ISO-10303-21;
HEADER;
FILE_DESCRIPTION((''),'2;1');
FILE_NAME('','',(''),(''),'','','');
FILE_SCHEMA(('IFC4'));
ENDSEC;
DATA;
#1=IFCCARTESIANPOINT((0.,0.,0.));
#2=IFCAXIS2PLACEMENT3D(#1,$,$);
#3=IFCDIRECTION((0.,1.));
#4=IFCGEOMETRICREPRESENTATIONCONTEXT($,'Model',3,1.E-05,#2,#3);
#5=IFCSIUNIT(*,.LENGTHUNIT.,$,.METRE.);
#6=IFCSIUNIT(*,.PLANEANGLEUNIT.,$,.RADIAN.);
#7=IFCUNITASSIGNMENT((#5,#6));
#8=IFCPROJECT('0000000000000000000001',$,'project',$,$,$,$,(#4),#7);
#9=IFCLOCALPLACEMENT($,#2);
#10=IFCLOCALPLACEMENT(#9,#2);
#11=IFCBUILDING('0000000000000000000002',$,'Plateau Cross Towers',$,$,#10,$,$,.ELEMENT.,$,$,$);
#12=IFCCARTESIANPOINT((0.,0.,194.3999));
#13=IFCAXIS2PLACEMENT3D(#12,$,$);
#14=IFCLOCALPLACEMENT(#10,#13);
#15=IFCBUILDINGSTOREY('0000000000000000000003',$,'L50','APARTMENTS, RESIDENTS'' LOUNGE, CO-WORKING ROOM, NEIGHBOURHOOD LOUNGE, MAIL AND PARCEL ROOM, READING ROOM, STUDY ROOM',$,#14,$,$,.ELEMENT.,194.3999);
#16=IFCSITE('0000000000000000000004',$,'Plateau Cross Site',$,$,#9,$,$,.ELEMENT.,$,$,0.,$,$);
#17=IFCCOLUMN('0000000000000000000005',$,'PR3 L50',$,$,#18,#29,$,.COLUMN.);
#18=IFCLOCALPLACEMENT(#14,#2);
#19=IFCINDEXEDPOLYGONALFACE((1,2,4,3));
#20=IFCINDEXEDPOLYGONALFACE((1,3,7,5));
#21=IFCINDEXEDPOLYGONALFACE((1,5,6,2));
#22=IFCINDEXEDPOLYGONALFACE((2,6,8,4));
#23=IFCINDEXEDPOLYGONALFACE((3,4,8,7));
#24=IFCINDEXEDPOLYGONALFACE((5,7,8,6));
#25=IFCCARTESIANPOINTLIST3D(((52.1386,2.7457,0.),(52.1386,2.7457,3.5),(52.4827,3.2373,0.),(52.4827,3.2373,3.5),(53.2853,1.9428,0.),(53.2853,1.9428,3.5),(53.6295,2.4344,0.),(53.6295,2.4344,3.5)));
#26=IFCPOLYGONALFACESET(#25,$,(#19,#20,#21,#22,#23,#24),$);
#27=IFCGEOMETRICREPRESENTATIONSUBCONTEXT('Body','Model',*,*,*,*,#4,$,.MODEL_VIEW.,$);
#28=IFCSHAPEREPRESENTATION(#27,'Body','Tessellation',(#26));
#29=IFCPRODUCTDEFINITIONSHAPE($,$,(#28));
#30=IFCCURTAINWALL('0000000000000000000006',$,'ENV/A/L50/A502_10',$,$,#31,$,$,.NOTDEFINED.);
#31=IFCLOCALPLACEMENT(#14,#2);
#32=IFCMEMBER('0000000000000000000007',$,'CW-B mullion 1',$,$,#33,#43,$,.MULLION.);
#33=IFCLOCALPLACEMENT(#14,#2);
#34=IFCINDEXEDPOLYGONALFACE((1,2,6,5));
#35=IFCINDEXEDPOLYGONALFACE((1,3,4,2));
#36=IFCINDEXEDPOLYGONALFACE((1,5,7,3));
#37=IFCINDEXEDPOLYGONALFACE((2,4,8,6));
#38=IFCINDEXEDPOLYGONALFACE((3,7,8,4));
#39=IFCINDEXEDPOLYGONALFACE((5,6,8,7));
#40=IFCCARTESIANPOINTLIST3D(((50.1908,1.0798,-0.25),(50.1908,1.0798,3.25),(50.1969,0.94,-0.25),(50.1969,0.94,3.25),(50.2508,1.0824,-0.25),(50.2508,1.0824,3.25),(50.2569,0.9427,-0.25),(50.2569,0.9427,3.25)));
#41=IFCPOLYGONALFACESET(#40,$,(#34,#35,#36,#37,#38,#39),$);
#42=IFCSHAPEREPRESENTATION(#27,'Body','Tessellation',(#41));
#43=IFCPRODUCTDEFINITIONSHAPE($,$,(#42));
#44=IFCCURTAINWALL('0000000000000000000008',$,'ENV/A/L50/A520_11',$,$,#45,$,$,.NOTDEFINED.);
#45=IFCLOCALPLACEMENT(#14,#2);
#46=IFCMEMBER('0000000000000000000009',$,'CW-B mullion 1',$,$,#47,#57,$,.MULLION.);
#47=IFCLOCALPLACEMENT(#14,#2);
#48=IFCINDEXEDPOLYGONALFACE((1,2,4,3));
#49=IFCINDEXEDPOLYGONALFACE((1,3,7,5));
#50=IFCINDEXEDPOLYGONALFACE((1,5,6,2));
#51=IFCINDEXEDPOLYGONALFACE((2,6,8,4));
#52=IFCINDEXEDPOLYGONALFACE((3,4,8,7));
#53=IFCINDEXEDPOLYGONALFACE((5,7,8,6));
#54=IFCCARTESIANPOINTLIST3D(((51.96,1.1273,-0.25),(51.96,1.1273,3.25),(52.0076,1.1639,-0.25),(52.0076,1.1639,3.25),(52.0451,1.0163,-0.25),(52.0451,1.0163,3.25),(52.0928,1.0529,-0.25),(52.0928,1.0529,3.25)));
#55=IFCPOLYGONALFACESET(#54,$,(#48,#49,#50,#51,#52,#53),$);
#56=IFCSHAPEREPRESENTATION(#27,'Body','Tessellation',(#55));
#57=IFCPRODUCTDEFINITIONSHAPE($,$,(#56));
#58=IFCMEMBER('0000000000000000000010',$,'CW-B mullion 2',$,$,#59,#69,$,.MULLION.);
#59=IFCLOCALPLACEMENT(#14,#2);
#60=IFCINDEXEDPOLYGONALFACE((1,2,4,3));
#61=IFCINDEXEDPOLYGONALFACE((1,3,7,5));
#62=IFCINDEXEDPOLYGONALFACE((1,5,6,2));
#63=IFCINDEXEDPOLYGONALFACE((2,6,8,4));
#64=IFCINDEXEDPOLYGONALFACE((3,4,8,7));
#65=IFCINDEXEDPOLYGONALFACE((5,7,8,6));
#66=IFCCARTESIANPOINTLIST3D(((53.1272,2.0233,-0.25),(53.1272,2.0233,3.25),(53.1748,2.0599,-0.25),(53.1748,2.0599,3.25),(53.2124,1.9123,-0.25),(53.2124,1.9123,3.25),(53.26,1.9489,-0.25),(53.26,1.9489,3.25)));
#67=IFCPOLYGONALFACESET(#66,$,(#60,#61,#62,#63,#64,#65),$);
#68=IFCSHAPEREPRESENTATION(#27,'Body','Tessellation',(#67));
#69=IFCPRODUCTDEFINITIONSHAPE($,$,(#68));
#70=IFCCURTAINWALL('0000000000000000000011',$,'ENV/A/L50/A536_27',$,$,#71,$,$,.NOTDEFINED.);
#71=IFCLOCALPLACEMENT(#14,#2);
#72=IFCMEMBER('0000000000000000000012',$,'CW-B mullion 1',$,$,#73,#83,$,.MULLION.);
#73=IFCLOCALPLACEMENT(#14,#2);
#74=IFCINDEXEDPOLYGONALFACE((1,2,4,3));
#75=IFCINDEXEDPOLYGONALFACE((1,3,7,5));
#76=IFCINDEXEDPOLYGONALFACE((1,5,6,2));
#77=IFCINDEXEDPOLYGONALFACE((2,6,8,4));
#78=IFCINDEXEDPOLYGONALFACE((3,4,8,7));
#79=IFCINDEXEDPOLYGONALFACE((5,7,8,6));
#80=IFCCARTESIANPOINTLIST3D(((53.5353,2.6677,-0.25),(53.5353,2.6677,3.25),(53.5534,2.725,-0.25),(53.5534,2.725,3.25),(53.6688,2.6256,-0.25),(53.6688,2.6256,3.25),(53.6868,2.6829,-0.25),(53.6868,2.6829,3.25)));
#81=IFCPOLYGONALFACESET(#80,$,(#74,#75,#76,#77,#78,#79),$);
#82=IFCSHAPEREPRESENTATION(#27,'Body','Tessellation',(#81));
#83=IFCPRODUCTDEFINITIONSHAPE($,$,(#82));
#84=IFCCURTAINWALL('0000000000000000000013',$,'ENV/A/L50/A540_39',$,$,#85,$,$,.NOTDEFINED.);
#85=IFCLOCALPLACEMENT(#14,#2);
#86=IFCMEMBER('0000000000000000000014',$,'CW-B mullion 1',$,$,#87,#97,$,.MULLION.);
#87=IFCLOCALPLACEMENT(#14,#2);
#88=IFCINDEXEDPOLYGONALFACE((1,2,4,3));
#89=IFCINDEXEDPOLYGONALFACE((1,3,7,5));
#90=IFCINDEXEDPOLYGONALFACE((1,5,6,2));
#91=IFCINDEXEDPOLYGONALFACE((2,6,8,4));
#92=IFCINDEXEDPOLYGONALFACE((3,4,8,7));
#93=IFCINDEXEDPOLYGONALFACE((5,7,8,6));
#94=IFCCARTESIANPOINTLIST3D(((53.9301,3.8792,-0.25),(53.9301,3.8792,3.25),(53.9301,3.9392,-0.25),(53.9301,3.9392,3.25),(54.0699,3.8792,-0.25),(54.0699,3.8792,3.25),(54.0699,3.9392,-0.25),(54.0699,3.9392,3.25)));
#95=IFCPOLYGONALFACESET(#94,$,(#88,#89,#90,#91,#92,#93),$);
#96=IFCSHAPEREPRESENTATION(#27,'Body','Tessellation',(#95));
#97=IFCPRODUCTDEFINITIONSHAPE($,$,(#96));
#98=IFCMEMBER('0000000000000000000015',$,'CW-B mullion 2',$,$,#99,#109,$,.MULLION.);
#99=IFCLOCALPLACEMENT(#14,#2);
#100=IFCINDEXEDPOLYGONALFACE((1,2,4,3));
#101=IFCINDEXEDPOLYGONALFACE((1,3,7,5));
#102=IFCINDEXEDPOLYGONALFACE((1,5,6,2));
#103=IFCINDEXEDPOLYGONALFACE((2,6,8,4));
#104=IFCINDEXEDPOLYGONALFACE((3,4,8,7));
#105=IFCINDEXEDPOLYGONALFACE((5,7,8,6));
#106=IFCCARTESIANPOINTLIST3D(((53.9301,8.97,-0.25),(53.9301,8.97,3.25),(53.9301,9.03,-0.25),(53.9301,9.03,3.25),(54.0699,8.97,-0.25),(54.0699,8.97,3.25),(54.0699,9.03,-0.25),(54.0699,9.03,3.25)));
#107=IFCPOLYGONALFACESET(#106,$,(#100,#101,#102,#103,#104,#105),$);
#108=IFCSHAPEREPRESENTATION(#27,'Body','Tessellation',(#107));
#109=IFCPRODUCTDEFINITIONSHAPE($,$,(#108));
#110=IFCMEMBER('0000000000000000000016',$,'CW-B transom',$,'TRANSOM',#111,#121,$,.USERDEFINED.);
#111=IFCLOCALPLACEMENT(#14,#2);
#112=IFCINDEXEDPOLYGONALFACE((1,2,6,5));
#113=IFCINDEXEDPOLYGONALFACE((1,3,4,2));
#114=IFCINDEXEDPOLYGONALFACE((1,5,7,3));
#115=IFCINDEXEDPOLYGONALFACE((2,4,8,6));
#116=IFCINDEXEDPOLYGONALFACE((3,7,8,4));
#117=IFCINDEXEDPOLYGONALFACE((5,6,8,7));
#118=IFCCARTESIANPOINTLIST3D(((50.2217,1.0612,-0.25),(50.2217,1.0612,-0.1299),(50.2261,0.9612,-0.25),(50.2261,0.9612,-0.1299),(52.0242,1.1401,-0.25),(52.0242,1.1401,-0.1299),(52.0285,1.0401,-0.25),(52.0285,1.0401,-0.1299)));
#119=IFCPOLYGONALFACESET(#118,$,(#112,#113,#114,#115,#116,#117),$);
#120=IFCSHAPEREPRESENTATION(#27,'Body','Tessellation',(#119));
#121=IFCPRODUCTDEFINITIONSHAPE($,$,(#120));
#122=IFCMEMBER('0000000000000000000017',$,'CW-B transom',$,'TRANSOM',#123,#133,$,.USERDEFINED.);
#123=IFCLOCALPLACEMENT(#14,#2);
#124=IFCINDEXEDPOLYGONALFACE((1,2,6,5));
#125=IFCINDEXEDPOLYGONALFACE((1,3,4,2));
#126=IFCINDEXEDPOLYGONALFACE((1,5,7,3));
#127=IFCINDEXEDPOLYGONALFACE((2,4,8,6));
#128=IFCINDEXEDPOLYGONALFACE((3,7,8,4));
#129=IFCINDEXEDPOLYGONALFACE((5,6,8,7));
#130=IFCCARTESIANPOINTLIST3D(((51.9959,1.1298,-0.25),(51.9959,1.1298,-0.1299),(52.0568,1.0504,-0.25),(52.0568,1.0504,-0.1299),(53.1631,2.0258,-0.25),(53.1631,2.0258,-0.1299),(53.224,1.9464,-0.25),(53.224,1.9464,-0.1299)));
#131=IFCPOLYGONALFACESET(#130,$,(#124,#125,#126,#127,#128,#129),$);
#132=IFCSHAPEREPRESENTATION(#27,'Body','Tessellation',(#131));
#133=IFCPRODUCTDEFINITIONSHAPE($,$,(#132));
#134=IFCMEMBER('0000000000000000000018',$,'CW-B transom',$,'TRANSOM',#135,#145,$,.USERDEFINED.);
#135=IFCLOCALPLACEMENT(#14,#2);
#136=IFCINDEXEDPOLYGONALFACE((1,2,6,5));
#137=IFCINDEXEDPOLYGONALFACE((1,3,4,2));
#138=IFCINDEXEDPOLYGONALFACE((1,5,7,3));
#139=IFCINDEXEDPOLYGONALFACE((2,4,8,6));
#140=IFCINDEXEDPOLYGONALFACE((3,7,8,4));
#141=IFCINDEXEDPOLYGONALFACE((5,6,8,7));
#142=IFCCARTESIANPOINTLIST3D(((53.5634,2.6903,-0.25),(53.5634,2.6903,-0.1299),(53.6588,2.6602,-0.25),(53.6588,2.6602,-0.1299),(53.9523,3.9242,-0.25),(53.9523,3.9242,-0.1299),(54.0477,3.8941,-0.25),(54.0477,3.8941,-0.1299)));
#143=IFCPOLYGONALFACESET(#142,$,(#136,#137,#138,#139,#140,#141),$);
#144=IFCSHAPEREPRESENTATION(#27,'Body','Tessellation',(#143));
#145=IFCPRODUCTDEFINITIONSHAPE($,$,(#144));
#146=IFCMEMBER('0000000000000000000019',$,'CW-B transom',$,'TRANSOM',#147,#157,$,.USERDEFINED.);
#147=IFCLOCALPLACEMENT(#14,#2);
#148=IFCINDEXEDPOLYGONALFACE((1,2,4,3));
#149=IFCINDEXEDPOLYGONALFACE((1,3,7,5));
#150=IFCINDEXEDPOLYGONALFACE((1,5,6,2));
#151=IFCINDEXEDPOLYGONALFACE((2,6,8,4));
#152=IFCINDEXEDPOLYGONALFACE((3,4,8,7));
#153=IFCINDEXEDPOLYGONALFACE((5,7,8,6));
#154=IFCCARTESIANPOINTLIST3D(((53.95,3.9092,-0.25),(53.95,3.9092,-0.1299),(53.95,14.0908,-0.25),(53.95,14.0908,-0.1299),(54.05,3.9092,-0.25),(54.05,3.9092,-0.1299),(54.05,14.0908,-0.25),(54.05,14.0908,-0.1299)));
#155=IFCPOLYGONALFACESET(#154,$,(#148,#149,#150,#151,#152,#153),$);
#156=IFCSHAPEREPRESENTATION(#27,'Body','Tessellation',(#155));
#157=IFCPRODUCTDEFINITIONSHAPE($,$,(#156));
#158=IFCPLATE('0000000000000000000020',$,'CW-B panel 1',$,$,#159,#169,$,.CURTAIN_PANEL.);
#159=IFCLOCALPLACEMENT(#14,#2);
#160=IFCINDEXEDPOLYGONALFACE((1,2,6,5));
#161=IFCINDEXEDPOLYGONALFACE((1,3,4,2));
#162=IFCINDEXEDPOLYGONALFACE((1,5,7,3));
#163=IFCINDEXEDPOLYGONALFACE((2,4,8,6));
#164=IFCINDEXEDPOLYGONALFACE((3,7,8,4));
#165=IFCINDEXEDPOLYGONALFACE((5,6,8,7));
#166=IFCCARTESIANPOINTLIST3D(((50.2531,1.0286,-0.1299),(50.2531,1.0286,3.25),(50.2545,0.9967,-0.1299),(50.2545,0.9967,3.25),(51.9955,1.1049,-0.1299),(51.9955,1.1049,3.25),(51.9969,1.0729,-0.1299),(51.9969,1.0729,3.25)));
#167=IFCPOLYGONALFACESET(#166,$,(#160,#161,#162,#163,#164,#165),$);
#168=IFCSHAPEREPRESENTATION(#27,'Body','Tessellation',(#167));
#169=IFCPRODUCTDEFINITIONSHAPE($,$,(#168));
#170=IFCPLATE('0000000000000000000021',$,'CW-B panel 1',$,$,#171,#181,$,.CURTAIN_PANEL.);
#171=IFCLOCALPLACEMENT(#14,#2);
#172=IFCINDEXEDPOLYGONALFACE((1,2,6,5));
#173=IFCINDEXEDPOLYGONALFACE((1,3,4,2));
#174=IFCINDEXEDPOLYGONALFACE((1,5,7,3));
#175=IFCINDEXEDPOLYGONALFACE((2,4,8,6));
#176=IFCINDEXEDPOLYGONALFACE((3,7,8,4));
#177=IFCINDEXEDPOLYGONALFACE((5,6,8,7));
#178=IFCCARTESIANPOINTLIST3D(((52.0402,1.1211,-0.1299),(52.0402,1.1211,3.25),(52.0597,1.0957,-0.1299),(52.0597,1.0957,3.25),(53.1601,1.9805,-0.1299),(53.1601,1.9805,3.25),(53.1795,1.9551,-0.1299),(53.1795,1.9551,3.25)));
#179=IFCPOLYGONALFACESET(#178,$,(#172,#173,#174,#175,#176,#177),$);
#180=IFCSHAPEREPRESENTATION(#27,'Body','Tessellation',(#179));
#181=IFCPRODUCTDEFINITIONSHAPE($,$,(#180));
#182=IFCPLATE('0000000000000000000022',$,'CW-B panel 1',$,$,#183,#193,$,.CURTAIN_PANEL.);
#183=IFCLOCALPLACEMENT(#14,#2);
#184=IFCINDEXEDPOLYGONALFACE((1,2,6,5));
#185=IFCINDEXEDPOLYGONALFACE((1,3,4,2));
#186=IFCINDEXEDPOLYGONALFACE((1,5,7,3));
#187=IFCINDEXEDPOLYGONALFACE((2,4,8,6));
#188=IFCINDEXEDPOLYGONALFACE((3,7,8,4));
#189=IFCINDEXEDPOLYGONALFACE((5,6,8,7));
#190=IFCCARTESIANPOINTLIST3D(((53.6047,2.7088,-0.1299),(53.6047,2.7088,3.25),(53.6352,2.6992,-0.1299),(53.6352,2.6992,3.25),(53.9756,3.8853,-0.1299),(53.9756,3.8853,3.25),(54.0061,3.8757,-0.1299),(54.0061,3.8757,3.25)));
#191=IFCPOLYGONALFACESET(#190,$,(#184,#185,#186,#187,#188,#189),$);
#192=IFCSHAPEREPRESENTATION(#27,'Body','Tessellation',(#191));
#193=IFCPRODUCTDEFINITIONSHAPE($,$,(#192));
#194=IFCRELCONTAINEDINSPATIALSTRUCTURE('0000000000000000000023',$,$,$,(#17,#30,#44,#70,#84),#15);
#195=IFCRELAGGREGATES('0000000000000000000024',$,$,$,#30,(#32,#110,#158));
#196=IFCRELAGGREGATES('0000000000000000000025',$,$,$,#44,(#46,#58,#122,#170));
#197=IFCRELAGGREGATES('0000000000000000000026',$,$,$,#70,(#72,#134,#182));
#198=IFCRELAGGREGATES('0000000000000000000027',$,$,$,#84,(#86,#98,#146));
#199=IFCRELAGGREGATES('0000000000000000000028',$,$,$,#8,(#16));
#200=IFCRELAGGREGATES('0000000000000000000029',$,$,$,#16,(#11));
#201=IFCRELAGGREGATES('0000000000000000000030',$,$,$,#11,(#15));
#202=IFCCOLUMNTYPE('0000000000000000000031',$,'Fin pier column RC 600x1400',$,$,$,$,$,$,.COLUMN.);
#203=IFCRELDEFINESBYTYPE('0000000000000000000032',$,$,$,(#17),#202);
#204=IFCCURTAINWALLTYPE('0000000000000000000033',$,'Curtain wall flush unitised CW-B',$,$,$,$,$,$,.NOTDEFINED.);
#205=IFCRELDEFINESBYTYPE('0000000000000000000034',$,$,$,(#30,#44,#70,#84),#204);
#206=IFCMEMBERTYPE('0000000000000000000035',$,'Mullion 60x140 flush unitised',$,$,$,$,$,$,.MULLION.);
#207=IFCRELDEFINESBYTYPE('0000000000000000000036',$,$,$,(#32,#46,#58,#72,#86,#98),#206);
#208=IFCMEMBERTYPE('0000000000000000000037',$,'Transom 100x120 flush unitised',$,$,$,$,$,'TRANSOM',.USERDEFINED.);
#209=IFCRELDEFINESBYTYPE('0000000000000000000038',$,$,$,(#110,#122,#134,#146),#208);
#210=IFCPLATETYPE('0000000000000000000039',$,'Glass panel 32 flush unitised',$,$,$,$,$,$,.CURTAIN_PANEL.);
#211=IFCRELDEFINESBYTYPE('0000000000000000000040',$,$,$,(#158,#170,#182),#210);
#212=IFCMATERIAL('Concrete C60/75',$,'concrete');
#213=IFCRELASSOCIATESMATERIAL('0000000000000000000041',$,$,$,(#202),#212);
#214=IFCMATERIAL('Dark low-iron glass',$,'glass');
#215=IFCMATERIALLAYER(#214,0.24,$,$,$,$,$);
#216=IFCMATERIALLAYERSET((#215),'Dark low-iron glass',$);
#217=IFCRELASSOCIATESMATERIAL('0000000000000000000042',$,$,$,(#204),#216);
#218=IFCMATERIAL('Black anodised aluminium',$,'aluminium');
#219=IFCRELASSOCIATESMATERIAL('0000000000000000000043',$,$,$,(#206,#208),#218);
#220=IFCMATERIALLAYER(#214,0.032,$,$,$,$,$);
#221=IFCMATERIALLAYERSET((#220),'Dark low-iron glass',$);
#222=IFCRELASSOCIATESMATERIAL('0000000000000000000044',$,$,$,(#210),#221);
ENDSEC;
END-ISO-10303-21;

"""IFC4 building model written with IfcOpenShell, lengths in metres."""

from ifc_helpers import new_model, si_unit, direction, frame, origin, origin_2d, place, context, subcontext, project, spatial, rectangle, extrude, material, layer, layer_set, material_profile, profile_set, type_object, element, aggregate, save


model = new_model("IFC4")

# Units and contexts
model_context = context("Model", 3, precision=1e-05, world=origin(), true_north=direction((0.0, 1.0)))
body_context = subcontext(model_context, "Body", "Model", "MODEL_VIEW")
ifc_project = project(units=[si_unit("LENGTHUNIT", "METRE"), si_unit("PLANEANGLEUNIT", "RADIAN")], contexts=[model_context])

# Site, building, storey
site_placement = place(None, origin())
site = spatial("IfcSite", under=ifc_project, at=site_placement, Name="Plateau Cross Site", CompositionType="ELEMENT", RefElevation=0.0)
building_placement = place(site_placement, origin())
building = spatial("IfcBuilding", under=site, at=building_placement, Name="Plateau Cross Towers", CompositionType="ELEMENT")
storey_placement = place(building_placement, frame((0.0, 0.0, 194.3999)))
storey = spatial("IfcBuildingStorey", under=building, at=storey_placement, Name="L50", Description="APARTMENTS, RESIDENTS' LOUNGE, CO-WORKING ROOM, NEIGHBOURHOOD LOUNGE, MAIL AND PARCEL ROOM, READING ROOM, STUDY ROOM", CompositionType="ELEMENT", Elevation=194.3999)

# Column
ifc_material_1 = material(Name="Concrete C60/75", Category="concrete")
ifc_material_profile_1 = material_profile(ifc_material_1, rectangle(XDim=0.6001, YDim=1.3999, at=origin_2d()), Name="RC 600x1400")
ifc_profile_set_1 = profile_set([ifc_material_profile_1], Name="Concrete C60/75")
column_type = type_object("IfcColumnType", Name="Fin pier column RC 600x1400", PredefinedType="COLUMN", material=ifc_profile_set_1)
column_placement = place(storey_placement, frame((52.884, 2.5901, 0.0), z_axis=(0.0, 0.0, 1.0), x_axis=(0.573543, 0.819176, 0.0)))
element("IfcColumn", 1, at=column_placement, inside=storey, type_object=column_type, Name="PR3 L50", PredefinedType="COLUMN", context=body_context, shape_type="SweptSolid", body=[
    extrude(rectangle(XDim=0.6001, YDim=1.3999, at=origin_2d()), origin(), (0.0, 0.0, 1.0), 3.5),
])

# Curtain wall, member
ifc_material_2 = material(Name="Dark low-iron glass", Category="glass")
ifc_layer_1 = layer(ifc_material_2, 0.24)
ifc_layer_set_1 = layer_set([ifc_layer_1], Name="Dark low-iron glass")
curtain_wall_type_1 = type_object("IfcCurtainWallType", Name="Curtain wall flush unitised CW-B", PredefinedType="NOTDEFINED", material=ifc_layer_set_1)
curtain_wall_1_placement = place(storey_placement, origin())
curtain_wall_1 = element("IfcCurtainWall", 2, at=curtain_wall_1_placement, inside=storey, type_object=curtain_wall_type_1, Name="ENV/A/L50/A502_10", PredefinedType="NOTDEFINED")
ifc_material_3 = material(Name="Black anodised aluminium", Category="aluminium")
ifc_material_profile_2 = material_profile(ifc_material_3, rectangle(XDim=0.0601, YDim=0.1399, at=origin_2d()), Name="MULLION 60x140")
ifc_profile_set_2 = profile_set([ifc_material_profile_2], Name="Black anodised aluminium")
member_type_1 = type_object("IfcMemberType", Name="Mullion 60x140 flush unitised", PredefinedType="MULLION", material=ifc_profile_set_2)
member_1_placement = place(storey_placement, frame((50.2239, 1.0112, -0.25), z_axis=(0.0, 0.0, 1.0), x_axis=(0.999044, 0.043723, 0.0)))
member_1 = element("IfcMember", 3, at=member_1_placement, type_object=member_type_1, Name="CW-B mullion 1", PredefinedType="MULLION", context=body_context, shape_type="SweptSolid", body=[
    extrude(rectangle(XDim=0.0601, YDim=0.1399, at=origin_2d()), origin(), (0.0, 0.0, 1.0), 3.5),
])

# Curtain wall, members
curtain_wall_2_placement = place(storey_placement, origin())
curtain_wall_2 = element("IfcCurtainWall", 4, at=curtain_wall_2_placement, inside=storey, type_object=curtain_wall_type_1, Name="ENV/A/L50/A520_11", PredefinedType="NOTDEFINED")
member_2_placement = place(storey_placement, frame((52.0264, 1.0901, -0.25), z_axis=(0.0, 0.0, 1.0), x_axis=(0.793316, 0.608811, 0.0)))
member_2 = element("IfcMember", 5, at=member_2_placement, type_object=member_type_1, Name="CW-B mullion 1", PredefinedType="MULLION", context=body_context, shape_type="SweptSolid", body=[
    extrude(rectangle(XDim=0.0601, YDim=0.1399, at=origin_2d()), origin(), (0.0, 0.0, 1.0), 3.5),
])
member_3_placement = place(storey_placement, frame((53.1936, 1.9861, -0.25), z_axis=(0.0, 0.0, 1.0), x_axis=(0.793316, 0.608811, 0.0)))
member_3 = element("IfcMember", 6, at=member_3_placement, type_object=member_type_1, Name="CW-B mullion 2", PredefinedType="MULLION", context=body_context, shape_type="SweptSolid", body=[
    extrude(rectangle(XDim=0.0601, YDim=0.1399, at=origin_2d()), origin(), (0.0, 0.0, 1.0), 3.5),
])

# Curtain wall, member
curtain_wall_3_placement = place(storey_placement, origin())
curtain_wall_3 = element("IfcCurtainWall", 7, at=curtain_wall_3_placement, inside=storey, type_object=curtain_wall_type_1, Name="ENV/A/L50/A536_27", PredefinedType="NOTDEFINED")
member_4_placement = place(storey_placement, frame((53.6111, 2.6753, -0.25), z_axis=(0.0, 0.0, 1.0), x_axis=(0.300686, 0.953723, 0.0)))
member_4 = element("IfcMember", 8, at=member_4_placement, type_object=member_type_1, Name="CW-B mullion 1", PredefinedType="MULLION", context=body_context, shape_type="SweptSolid", body=[
    extrude(rectangle(XDim=0.0601, YDim=0.1399, at=origin_2d()), origin(), (0.0, 0.0, 1.0), 3.5),
])

# Curtain wall, members
curtain_wall_4_placement = place(storey_placement, origin())
curtain_wall_4 = element("IfcCurtainWall", 9, at=curtain_wall_4_placement, inside=storey, type_object=curtain_wall_type_1, Name="ENV/A/L50/A540_39", PredefinedType="NOTDEFINED")
member_5_placement = place(storey_placement, frame((54.0, 3.9092, -0.25), z_axis=(0.0, 0.0, 1.0), x_axis=(0.0, 1.0, 0.0)))
member_5 = element("IfcMember", 10, at=member_5_placement, type_object=member_type_1, Name="CW-B mullion 1", PredefinedType="MULLION", context=body_context, shape_type="SweptSolid", body=[
    extrude(rectangle(XDim=0.0601, YDim=0.1399, at=origin_2d()), origin(), (0.0, 0.0, 1.0), 3.5),
])
member_6_placement = place(storey_placement, frame((54.0, 9.0, -0.25), z_axis=(0.0, 0.0, 1.0), x_axis=(0.0, 1.0, 0.0)))
member_6 = element("IfcMember", 11, at=member_6_placement, type_object=member_type_1, Name="CW-B mullion 2", PredefinedType="MULLION", context=body_context, shape_type="SweptSolid", body=[
    extrude(rectangle(XDim=0.0601, YDim=0.1399, at=origin_2d()), origin(), (0.0, 0.0, 1.0), 3.5),
])

# Members
ifc_material_profile_3 = material_profile(ifc_material_3, rectangle(XDim=0.1001, YDim=0.1201, at=origin_2d()), Name="TRANSOM 100x120")
ifc_profile_set_3 = profile_set([ifc_material_profile_3], Name="Black anodised aluminium")
member_type_2 = type_object("IfcMemberType", Name="Transom 100x120 flush unitised", ElementType="TRANSOM", PredefinedType="USERDEFINED", material=ifc_profile_set_3)
member_7_placement = place(storey_placement, frame((50.2239, 1.0112, -0.1899), z_axis=(0.999044, 0.043707, 0.0), x_axis=(-0.043707, 0.999044, 0.0)))
member_7 = element("IfcMember", 12, at=member_7_placement, type_object=member_type_2, Name="CW-B transom", ObjectType="TRANSOM", PredefinedType="USERDEFINED", context=body_context, shape_type="SweptSolid", body=[
    extrude(rectangle(XDim=0.1001, YDim=0.1201, at=origin_2d()), origin(), (0.0, 0.0, 1.0), 1.8042),
])
member_8_placement = place(storey_placement, frame((52.0264, 1.0901, -0.1899), z_axis=(0.79324, 0.608909, 0.0), x_axis=(-0.608909, 0.79324, 0.0)))
member_8 = element("IfcMember", 13, at=member_8_placement, type_object=member_type_2, Name="CW-B transom", ObjectType="TRANSOM", PredefinedType="USERDEFINED", context=body_context, shape_type="SweptSolid", body=[
    extrude(rectangle(XDim=0.1001, YDim=0.1201, at=origin_2d()), origin(), (0.0, 0.0, 1.0), 1.4714),
])
member_9_placement = place(storey_placement, frame((53.6111, 2.6753, -0.1899), z_axis=(0.300617, 0.953745, 0.0), x_axis=(-0.953745, 0.300617, 0.0)))
member_9 = element("IfcMember", 14, at=member_9_placement, type_object=member_type_2, Name="CW-B transom", ObjectType="TRANSOM", PredefinedType="USERDEFINED", context=body_context, shape_type="SweptSolid", body=[
    extrude(rectangle(XDim=0.1001, YDim=0.1201, at=origin_2d()), origin(), (0.0, 0.0, 1.0), 1.2937),
])
member_10_placement = place(storey_placement, frame((54.0, 3.9092, -0.1899), z_axis=(0.0, 1.0, 0.0), x_axis=(-1.0, 0.0, 0.0)))
member_10 = element("IfcMember", 15, at=member_10_placement, type_object=member_type_2, Name="CW-B transom", ObjectType="TRANSOM", PredefinedType="USERDEFINED", context=body_context, shape_type="SweptSolid", body=[
    extrude(rectangle(XDim=0.1001, YDim=0.1201, at=origin_2d()), origin(), (0.0, 0.0, 1.0), 10.1816),
])

# Plates
ifc_layer_2 = layer(ifc_material_2, 0.032)
ifc_layer_set_2 = layer_set([ifc_layer_2], Name="Dark low-iron glass")
plate_type_1 = type_object("IfcPlateType", Name="Glass panel 32 flush unitised", PredefinedType="CURTAIN_PANEL", material=ifc_layer_set_2)
plate_1_placement = place(storey_placement, frame((51.125, 1.0508, -0.1299), z_axis=(0.0, 0.0, 1.0), x_axis=(0.999044, 0.043723, 0.0)))
plate_1 = element("IfcPlate", 16, at=plate_1_placement, type_object=plate_type_1, Name="CW-B panel 1", PredefinedType="CURTAIN_PANEL", context=body_context, shape_type="SweptSolid", body=[
    extrude(rectangle(XDim=1.7441, YDim=0.032, at=origin_2d()), origin(), (0.0, 0.0, 1.0), 3.3799),
])
aggregate(curtain_wall_1, [member_1, member_7, plate_1])
plate_2_placement = place(storey_placement, frame((52.6099, 1.5381, -0.1299), z_axis=(0.0, 0.0, 1.0), x_axis=(0.793316, 0.608811, 0.0)))
plate_2 = element("IfcPlate", 17, at=plate_2_placement, type_object=plate_type_1, Name="CW-B panel 1", PredefinedType="CURTAIN_PANEL", context=body_context, shape_type="SweptSolid", body=[
    extrude(rectangle(XDim=1.4116, YDim=0.032, at=origin_2d()), origin(), (0.0, 0.0, 1.0), 3.3799),
])
aggregate(curtain_wall_2, [member_2, member_3, member_8, plate_2])
plate_3_placement = place(storey_placement, frame((53.8054, 3.2922, -0.1299), z_axis=(0.0, 0.0, 1.0), x_axis=(0.300686, 0.953723, 0.0)))
plate_3 = element("IfcPlate", 18, at=plate_3_placement, type_object=plate_type_1, Name="CW-B panel 1", PredefinedType="CURTAIN_PANEL", context=body_context, shape_type="SweptSolid", body=[
    extrude(rectangle(XDim=1.2336, YDim=0.032, at=origin_2d()), origin(), (0.0, 0.0, 1.0), 3.3799),
])
aggregate(curtain_wall_3, [member_4, member_9, plate_3])
aggregate(curtain_wall_4, [member_5, member_6, member_10])

save(model, "model.ifc")
